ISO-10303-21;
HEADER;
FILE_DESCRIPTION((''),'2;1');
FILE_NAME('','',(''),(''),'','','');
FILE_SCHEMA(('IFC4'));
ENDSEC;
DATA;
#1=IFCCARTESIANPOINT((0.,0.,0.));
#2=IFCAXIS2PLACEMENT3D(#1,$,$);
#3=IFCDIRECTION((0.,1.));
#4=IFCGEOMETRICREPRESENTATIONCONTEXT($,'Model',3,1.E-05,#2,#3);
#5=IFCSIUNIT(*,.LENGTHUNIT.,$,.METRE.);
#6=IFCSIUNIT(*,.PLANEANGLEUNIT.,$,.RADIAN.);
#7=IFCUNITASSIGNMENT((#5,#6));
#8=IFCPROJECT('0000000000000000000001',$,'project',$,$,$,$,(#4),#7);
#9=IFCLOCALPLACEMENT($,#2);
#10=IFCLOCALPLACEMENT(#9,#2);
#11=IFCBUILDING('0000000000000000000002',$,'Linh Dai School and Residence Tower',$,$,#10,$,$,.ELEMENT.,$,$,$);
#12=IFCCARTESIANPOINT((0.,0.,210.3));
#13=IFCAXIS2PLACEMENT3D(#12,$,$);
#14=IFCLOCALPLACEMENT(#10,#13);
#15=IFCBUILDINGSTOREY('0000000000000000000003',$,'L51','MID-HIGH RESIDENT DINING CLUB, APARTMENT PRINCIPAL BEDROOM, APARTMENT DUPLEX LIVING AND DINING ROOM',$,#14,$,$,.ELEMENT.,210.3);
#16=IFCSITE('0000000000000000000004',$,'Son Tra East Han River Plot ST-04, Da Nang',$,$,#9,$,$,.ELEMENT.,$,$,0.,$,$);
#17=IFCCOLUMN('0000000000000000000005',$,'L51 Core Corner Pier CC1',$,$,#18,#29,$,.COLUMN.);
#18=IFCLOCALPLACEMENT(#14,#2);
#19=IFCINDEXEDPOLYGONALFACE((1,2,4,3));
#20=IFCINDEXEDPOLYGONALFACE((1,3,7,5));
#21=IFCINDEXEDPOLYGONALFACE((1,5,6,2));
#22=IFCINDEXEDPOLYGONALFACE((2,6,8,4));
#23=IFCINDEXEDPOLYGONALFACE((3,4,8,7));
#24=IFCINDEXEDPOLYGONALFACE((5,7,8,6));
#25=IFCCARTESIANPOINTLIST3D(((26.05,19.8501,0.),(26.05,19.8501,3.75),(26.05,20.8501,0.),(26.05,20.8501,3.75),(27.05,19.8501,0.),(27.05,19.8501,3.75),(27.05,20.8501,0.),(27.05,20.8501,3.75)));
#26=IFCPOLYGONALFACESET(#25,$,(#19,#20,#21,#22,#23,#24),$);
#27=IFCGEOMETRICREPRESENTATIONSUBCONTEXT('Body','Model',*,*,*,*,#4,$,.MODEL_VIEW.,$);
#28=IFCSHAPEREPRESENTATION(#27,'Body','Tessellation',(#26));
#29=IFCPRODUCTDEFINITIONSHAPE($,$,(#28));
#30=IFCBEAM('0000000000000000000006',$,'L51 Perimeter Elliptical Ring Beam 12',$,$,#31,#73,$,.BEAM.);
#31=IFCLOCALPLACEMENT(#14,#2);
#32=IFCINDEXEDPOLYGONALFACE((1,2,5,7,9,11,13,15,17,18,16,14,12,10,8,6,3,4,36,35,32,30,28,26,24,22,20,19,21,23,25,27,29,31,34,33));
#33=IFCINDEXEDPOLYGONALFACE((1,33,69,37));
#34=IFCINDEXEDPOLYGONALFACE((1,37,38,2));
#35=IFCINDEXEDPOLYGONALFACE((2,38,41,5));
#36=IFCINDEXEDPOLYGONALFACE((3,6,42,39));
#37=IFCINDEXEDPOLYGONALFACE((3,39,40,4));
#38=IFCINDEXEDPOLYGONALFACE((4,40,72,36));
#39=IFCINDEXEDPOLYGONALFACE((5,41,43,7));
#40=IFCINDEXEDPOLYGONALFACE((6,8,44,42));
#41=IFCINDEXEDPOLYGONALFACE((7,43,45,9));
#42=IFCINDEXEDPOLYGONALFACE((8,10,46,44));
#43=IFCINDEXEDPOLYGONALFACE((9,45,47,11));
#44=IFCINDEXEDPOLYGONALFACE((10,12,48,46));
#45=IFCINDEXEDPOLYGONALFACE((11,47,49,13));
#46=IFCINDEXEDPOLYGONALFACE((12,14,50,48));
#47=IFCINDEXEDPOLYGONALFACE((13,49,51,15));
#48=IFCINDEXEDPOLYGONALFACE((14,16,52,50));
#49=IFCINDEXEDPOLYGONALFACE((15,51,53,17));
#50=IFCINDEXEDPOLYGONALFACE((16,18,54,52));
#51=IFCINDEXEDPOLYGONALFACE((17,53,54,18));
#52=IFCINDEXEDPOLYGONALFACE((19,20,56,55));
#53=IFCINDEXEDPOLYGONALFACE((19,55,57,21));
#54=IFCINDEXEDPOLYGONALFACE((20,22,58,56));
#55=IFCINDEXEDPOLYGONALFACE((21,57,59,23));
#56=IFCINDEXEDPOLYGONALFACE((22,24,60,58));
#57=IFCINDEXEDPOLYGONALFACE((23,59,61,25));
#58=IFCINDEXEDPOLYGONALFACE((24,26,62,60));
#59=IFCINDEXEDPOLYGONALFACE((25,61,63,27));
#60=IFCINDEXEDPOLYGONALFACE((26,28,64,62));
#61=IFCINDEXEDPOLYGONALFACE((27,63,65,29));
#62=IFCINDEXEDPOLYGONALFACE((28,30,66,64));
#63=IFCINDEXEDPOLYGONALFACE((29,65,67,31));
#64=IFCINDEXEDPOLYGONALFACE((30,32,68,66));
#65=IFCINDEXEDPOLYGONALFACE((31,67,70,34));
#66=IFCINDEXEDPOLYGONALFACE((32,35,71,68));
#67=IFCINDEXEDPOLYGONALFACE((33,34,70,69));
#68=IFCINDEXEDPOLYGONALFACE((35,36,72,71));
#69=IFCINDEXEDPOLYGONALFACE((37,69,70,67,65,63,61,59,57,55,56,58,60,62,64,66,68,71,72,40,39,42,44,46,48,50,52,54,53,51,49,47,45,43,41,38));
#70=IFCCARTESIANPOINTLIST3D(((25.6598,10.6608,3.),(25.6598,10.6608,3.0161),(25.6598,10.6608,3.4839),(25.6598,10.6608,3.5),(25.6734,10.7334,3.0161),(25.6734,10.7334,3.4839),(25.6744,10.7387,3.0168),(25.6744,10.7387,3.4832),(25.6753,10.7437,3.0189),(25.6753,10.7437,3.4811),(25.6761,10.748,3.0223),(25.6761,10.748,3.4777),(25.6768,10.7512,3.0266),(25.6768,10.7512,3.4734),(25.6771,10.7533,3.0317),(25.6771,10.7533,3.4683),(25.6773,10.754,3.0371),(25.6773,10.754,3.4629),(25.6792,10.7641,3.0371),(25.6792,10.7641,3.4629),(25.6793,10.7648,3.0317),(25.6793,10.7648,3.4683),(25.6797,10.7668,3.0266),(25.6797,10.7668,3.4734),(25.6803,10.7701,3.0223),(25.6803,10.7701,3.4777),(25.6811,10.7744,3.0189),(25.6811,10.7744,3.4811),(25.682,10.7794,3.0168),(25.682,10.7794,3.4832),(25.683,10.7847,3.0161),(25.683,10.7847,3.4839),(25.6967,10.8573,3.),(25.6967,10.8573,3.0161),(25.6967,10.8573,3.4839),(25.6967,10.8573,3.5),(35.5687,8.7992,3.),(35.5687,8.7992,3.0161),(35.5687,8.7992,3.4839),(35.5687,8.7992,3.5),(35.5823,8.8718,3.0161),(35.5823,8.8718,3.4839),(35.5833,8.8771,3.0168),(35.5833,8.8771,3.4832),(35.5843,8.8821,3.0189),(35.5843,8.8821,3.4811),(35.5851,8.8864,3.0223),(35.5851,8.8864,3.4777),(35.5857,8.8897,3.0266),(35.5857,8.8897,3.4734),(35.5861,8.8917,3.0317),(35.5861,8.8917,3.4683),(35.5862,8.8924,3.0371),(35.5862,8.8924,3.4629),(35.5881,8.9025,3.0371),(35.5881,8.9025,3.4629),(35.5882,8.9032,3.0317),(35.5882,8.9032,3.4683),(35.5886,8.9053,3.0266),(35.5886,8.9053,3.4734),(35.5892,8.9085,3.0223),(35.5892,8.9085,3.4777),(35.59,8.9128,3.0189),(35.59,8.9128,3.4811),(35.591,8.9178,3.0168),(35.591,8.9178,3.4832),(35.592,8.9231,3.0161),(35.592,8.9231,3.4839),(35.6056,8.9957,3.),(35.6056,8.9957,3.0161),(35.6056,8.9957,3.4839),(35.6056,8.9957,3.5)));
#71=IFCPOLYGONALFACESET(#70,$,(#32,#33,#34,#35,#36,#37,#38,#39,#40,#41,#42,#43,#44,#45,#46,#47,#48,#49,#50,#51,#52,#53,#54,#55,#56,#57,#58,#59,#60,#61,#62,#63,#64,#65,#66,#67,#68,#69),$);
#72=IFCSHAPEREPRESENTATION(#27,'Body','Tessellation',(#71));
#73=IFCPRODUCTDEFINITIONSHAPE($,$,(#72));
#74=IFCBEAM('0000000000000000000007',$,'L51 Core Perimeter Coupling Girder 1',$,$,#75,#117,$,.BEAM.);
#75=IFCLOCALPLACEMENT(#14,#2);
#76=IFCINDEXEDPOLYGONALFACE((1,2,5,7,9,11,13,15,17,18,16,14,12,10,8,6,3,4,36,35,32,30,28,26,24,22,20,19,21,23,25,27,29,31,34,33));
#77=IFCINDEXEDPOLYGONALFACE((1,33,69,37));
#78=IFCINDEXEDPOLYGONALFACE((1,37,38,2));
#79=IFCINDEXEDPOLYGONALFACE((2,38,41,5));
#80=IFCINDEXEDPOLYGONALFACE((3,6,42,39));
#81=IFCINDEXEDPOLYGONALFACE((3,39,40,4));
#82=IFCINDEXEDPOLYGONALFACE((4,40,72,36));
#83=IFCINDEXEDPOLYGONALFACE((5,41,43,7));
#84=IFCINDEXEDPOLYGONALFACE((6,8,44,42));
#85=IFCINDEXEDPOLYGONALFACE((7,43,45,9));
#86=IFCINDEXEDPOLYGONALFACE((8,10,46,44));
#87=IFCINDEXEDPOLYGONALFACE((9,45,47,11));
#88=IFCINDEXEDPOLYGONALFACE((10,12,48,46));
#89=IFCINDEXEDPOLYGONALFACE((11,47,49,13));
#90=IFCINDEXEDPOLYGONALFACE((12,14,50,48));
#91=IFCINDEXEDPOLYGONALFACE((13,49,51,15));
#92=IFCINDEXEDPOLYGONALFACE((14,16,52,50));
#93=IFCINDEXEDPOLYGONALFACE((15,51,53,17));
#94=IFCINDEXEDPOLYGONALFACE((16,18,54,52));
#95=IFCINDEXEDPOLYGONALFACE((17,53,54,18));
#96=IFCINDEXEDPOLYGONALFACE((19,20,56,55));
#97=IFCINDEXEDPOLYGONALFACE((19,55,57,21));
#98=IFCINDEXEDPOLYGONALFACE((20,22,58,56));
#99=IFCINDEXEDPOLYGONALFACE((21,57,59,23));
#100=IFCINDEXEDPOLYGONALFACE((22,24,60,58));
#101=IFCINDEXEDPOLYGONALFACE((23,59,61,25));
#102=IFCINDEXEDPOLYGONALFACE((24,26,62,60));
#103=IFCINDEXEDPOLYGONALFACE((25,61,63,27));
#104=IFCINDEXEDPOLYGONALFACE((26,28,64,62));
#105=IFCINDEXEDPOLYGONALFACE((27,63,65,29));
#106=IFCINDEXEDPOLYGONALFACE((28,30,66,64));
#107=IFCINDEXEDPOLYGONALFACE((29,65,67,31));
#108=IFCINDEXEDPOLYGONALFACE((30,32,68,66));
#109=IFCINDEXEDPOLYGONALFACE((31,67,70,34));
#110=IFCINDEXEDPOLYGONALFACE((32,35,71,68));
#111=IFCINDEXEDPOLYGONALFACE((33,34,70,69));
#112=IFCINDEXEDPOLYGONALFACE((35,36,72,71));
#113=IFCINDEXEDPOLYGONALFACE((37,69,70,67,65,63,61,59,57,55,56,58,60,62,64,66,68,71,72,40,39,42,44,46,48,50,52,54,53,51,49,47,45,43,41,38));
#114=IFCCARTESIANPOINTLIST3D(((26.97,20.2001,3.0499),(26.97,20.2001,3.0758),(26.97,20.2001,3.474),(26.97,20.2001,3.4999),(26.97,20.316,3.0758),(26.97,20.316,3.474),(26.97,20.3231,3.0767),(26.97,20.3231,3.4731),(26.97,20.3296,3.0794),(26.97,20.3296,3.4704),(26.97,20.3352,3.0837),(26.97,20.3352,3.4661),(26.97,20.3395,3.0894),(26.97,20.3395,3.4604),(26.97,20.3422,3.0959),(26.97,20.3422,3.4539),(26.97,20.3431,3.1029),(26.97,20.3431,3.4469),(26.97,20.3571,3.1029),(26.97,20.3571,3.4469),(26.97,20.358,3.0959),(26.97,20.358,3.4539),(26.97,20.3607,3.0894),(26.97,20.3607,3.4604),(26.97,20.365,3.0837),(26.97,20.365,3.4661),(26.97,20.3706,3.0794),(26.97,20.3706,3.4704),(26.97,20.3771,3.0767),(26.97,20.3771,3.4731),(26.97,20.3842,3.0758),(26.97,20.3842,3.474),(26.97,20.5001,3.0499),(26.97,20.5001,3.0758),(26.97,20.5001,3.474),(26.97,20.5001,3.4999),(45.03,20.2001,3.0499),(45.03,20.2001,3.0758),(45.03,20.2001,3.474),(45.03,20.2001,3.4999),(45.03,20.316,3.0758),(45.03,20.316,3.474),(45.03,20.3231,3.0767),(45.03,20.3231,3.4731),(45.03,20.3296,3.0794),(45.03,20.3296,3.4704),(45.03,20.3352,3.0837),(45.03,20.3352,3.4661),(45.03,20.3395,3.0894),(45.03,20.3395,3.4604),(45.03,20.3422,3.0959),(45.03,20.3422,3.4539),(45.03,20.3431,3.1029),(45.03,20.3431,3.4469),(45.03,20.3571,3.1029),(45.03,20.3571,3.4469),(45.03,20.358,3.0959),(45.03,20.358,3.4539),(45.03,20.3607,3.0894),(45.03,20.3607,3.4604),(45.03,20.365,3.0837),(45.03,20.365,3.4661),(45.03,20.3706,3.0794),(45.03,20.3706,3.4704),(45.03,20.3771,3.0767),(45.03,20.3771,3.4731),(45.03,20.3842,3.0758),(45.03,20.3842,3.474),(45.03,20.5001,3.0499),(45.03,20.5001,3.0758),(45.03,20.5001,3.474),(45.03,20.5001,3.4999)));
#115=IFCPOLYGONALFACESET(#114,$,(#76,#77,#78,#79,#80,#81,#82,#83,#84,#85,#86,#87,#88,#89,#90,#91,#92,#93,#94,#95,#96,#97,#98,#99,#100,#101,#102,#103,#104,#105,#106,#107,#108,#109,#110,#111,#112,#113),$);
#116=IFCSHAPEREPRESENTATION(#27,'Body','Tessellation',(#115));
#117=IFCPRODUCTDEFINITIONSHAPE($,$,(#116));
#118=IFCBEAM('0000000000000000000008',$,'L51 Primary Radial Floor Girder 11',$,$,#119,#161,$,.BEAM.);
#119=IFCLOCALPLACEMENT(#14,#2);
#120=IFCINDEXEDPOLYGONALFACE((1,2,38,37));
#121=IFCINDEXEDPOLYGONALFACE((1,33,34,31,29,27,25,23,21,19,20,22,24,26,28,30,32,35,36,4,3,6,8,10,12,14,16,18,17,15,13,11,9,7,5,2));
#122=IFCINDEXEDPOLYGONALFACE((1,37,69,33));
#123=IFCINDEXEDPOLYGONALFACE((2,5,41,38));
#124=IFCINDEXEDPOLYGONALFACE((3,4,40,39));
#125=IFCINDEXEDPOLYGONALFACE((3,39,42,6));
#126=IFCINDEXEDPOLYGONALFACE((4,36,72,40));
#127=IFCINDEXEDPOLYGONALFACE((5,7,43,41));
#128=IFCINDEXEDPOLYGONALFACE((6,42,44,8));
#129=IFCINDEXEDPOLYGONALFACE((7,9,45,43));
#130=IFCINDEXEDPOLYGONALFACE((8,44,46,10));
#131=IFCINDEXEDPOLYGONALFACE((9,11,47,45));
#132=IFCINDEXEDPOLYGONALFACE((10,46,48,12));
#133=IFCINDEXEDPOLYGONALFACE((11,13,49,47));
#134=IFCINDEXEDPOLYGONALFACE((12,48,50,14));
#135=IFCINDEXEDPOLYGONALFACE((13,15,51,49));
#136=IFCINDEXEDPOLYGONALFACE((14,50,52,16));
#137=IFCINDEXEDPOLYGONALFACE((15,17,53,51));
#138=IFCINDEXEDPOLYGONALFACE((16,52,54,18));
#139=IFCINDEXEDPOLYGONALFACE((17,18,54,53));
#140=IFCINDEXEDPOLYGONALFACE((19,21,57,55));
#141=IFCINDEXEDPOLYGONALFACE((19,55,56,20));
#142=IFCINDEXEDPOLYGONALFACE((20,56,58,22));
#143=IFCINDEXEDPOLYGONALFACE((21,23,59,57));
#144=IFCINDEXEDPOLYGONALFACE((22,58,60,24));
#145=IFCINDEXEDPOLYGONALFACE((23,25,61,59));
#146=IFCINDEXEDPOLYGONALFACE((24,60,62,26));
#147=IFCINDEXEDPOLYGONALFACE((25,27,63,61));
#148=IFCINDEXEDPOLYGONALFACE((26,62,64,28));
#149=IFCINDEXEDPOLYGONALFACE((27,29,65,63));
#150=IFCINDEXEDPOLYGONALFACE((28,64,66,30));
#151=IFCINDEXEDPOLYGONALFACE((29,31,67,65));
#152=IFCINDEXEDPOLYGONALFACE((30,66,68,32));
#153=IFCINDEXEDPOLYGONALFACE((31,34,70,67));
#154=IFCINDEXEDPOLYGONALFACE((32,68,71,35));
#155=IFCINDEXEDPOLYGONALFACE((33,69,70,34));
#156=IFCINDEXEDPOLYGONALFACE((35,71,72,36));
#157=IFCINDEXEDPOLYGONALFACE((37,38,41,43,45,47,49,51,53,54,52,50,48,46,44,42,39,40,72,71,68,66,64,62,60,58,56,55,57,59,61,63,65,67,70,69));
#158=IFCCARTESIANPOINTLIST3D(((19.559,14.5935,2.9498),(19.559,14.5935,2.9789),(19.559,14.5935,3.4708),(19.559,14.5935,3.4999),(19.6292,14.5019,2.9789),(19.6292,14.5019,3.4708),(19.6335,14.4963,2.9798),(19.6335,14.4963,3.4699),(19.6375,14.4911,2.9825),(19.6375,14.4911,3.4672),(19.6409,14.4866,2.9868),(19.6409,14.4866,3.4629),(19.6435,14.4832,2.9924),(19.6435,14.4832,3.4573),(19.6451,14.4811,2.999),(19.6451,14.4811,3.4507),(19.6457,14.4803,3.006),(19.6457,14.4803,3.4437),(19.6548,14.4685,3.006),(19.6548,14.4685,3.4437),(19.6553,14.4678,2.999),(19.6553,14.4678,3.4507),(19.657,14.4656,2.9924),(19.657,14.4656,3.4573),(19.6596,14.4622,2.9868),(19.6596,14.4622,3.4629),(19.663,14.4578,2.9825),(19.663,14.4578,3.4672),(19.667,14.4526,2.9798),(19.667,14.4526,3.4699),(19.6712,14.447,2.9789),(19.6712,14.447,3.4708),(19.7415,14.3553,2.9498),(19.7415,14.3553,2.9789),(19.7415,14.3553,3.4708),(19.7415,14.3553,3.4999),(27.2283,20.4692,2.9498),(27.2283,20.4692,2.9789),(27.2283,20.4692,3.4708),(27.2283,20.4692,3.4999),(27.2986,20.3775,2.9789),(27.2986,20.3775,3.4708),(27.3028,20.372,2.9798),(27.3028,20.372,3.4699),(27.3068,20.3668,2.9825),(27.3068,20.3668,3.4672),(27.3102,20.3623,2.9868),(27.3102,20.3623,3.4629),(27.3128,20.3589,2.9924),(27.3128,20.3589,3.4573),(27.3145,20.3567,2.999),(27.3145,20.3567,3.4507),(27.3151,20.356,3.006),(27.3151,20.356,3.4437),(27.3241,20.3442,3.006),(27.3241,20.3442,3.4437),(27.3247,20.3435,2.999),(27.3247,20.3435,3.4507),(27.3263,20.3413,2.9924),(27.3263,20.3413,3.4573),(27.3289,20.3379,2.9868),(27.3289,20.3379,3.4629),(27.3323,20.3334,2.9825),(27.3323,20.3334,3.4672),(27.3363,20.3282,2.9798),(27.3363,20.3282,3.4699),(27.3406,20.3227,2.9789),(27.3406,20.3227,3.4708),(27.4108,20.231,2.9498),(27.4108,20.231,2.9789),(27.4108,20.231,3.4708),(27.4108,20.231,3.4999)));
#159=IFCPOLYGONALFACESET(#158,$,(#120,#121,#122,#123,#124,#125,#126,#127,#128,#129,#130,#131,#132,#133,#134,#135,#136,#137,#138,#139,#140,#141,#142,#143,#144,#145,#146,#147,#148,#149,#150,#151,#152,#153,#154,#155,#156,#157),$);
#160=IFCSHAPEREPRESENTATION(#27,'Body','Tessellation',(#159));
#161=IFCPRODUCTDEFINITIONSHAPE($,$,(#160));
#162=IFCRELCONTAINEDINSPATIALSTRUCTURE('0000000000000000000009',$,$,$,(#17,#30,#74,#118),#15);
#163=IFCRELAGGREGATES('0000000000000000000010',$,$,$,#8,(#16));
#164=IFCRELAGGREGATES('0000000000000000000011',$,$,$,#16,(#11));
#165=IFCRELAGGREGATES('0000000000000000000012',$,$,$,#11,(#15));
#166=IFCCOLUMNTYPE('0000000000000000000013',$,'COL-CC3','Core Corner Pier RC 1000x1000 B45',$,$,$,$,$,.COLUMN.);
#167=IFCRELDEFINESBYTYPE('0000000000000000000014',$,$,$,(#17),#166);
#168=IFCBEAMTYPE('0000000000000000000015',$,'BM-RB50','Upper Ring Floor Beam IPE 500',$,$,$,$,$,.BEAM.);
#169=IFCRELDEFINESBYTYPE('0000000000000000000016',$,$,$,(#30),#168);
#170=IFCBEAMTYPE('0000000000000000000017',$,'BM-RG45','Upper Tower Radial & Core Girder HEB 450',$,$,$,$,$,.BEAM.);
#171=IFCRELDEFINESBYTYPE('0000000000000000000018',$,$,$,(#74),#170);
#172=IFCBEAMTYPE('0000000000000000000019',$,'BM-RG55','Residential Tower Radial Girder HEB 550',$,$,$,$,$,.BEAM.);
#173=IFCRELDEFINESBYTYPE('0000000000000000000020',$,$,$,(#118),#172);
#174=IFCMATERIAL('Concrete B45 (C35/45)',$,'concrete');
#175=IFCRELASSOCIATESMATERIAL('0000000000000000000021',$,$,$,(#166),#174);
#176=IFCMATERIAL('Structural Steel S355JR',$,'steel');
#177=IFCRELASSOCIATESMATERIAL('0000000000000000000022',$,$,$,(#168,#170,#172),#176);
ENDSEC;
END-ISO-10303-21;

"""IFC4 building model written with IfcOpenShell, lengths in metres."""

from ifc_helpers import new_model, si_unit, direction, frame, origin, origin_2d, place, context, subcontext, project, spatial, rectangle, i_section, extrude, material, material_profile, profile_set, type_object, element, save


model = new_model("IFC4")

# Units and contexts
model_context = context("Model", 3, precision=1e-05, world=origin(), true_north=direction((0.0, 1.0)))
body_context = subcontext(model_context, "Body", "Model", "MODEL_VIEW")
ifc_project = project(units=[si_unit("LENGTHUNIT", "METRE"), si_unit("PLANEANGLEUNIT", "RADIAN")], contexts=[model_context])

# Site, building, storey
site_placement = place(None, origin())
site = spatial("IfcSite", under=ifc_project, at=site_placement, Name="Son Tra East Han River Plot ST-04, Da Nang", CompositionType="ELEMENT", RefElevation=0.0)
building_placement = place(site_placement, origin())
building = spatial("IfcBuilding", under=site, at=building_placement, Name="Linh Dai School and Residence Tower", CompositionType="ELEMENT")
storey_placement = place(building_placement, frame((0.0, 0.0, 210.3)))
storey = spatial("IfcBuildingStorey", under=building, at=storey_placement, Name="L51", Description="MID-HIGH RESIDENT DINING CLUB, APARTMENT PRINCIPAL BEDROOM, APARTMENT DUPLEX LIVING AND DINING ROOM", CompositionType="ELEMENT", Elevation=210.3)

# Column
ifc_material_1 = material(Name="Concrete B45 (C35/45)", Category="concrete")
ifc_material_profile_1 = material_profile(ifc_material_1, rectangle(XDim=1.0, YDim=1.0, at=origin_2d()), Name="RC 1000x1000")
ifc_profile_set_1 = profile_set([ifc_material_profile_1], Name="Concrete B45 (C35/45)")
column_type = type_object("IfcColumnType", Name="COL-CC3", Description="Core Corner Pier RC 1000x1000 B45", PredefinedType="COLUMN", material=ifc_profile_set_1)
column_placement = place(storey_placement, frame((26.55, 20.3501, 0.0), z_axis=(0.0, 0.0, 1.0), x_axis=(1.0, 0.0, 0.0)))
element("IfcColumn", 1, at=column_placement, inside=storey, type_object=column_type, Name="L51 Core Corner Pier CC1", PredefinedType="COLUMN", context=body_context, shape_type="SweptSolid", body=[
    extrude(rectangle(XDim=1.0, YDim=1.0, at=origin_2d()), origin(), (0.0, 0.0, 1.0), 3.75),
])

# Beams
ifc_material_2 = material(Name="Structural Steel S355JR", Category="steel")
ifc_material_profile_2 = material_profile(ifc_material_2, i_section(OverallWidth=0.2, OverallDepth=0.5, WebThickness=0.0103, FlangeThickness=0.0161, FilletRadius=0.021, at=origin_2d()), Name="IPE 500")
ifc_profile_set_2 = profile_set([ifc_material_profile_2], Name="Structural Steel S355JR")
beam_type_1 = type_object("IfcBeamType", Name="BM-RB50", Description="Upper Ring Floor Beam IPE 500", PredefinedType="BEAM", material=ifc_profile_set_2)
beam_1_placement = place(storey_placement, frame((25.6782, 10.759, 3.25), z_axis=(0.982807, -0.184638, 0.0), x_axis=(0.184638, 0.982807, 0.0)))
element("IfcBeam", 2, at=beam_1_placement, inside=storey, type_object=beam_type_1, Name="L51 Perimeter Elliptical Ring Beam 12", PredefinedType="BEAM", context=body_context, shape_type="SweptSolid", body=[
    extrude(i_section(OverallWidth=0.2, OverallDepth=0.5, WebThickness=0.0103, FlangeThickness=0.0161, FilletRadius=0.021, at=origin_2d()), origin(), (0.0, 0.0, 1.0), 10.0823),
])
ifc_material_profile_3 = material_profile(ifc_material_2, i_section(OverallWidth=0.3, OverallDepth=0.45, WebThickness=0.0139, FlangeThickness=0.0259, FilletRadius=0.0271, at=origin_2d()), Name="HEB 450")
ifc_profile_set_3 = profile_set([ifc_material_profile_3], Name="Structural Steel S355JR")
beam_type_2 = type_object("IfcBeamType", Name="BM-RG45", Description="Upper Tower Radial & Core Girder HEB 450", PredefinedType="BEAM", material=ifc_profile_set_3)
beam_2_placement = place(storey_placement, frame((26.97, 20.3501, 3.2749), z_axis=(1.0, 0.0, 0.0), x_axis=(0.0, 1.0, 0.0)))
element("IfcBeam", 3, at=beam_2_placement, inside=storey, type_object=beam_type_2, Name="L51 Core Perimeter Coupling Girder 1", PredefinedType="BEAM", context=body_context, shape_type="SweptSolid", body=[
    extrude(i_section(OverallWidth=0.3, OverallDepth=0.45, WebThickness=0.0139, FlangeThickness=0.0259, FilletRadius=0.0271, at=origin_2d()), origin(), (0.0, 0.0, 1.0), 18.0601),
])
ifc_material_profile_4 = material_profile(ifc_material_2, i_section(OverallWidth=0.3, OverallDepth=0.55, WebThickness=0.0149, FlangeThickness=0.0291, FilletRadius=0.0271, at=origin_2d()), Name="HEB 550")
ifc_profile_set_4 = profile_set([ifc_material_profile_4], Name="Structural Steel S355JR")
beam_type_3 = type_object("IfcBeamType", Name="BM-RG55", Description="Residential Tower Radial Girder HEB 550", PredefinedType="BEAM", material=ifc_profile_set_4)
beam_3_placement = place(storey_placement, frame((27.3196, 20.3501, 3.2249), z_axis=(-0.793815, -0.60816, 0.0), x_axis=(0.60816, -0.793815, 0.0)))
element("IfcBeam", 4, at=beam_3_placement, inside=storey, type_object=beam_type_3, Name="L51 Primary Radial Floor Girder 11", PredefinedType="BEAM", context=body_context, shape_type="SweptSolid", body=[
    extrude(i_section(OverallWidth=0.3, OverallDepth=0.55, WebThickness=0.0149, FlangeThickness=0.0291, FilletRadius=0.0271, at=origin_2d()), origin(), (0.0, 0.0, 1.0), 9.6614),
])

save(model, "model.ifc")
